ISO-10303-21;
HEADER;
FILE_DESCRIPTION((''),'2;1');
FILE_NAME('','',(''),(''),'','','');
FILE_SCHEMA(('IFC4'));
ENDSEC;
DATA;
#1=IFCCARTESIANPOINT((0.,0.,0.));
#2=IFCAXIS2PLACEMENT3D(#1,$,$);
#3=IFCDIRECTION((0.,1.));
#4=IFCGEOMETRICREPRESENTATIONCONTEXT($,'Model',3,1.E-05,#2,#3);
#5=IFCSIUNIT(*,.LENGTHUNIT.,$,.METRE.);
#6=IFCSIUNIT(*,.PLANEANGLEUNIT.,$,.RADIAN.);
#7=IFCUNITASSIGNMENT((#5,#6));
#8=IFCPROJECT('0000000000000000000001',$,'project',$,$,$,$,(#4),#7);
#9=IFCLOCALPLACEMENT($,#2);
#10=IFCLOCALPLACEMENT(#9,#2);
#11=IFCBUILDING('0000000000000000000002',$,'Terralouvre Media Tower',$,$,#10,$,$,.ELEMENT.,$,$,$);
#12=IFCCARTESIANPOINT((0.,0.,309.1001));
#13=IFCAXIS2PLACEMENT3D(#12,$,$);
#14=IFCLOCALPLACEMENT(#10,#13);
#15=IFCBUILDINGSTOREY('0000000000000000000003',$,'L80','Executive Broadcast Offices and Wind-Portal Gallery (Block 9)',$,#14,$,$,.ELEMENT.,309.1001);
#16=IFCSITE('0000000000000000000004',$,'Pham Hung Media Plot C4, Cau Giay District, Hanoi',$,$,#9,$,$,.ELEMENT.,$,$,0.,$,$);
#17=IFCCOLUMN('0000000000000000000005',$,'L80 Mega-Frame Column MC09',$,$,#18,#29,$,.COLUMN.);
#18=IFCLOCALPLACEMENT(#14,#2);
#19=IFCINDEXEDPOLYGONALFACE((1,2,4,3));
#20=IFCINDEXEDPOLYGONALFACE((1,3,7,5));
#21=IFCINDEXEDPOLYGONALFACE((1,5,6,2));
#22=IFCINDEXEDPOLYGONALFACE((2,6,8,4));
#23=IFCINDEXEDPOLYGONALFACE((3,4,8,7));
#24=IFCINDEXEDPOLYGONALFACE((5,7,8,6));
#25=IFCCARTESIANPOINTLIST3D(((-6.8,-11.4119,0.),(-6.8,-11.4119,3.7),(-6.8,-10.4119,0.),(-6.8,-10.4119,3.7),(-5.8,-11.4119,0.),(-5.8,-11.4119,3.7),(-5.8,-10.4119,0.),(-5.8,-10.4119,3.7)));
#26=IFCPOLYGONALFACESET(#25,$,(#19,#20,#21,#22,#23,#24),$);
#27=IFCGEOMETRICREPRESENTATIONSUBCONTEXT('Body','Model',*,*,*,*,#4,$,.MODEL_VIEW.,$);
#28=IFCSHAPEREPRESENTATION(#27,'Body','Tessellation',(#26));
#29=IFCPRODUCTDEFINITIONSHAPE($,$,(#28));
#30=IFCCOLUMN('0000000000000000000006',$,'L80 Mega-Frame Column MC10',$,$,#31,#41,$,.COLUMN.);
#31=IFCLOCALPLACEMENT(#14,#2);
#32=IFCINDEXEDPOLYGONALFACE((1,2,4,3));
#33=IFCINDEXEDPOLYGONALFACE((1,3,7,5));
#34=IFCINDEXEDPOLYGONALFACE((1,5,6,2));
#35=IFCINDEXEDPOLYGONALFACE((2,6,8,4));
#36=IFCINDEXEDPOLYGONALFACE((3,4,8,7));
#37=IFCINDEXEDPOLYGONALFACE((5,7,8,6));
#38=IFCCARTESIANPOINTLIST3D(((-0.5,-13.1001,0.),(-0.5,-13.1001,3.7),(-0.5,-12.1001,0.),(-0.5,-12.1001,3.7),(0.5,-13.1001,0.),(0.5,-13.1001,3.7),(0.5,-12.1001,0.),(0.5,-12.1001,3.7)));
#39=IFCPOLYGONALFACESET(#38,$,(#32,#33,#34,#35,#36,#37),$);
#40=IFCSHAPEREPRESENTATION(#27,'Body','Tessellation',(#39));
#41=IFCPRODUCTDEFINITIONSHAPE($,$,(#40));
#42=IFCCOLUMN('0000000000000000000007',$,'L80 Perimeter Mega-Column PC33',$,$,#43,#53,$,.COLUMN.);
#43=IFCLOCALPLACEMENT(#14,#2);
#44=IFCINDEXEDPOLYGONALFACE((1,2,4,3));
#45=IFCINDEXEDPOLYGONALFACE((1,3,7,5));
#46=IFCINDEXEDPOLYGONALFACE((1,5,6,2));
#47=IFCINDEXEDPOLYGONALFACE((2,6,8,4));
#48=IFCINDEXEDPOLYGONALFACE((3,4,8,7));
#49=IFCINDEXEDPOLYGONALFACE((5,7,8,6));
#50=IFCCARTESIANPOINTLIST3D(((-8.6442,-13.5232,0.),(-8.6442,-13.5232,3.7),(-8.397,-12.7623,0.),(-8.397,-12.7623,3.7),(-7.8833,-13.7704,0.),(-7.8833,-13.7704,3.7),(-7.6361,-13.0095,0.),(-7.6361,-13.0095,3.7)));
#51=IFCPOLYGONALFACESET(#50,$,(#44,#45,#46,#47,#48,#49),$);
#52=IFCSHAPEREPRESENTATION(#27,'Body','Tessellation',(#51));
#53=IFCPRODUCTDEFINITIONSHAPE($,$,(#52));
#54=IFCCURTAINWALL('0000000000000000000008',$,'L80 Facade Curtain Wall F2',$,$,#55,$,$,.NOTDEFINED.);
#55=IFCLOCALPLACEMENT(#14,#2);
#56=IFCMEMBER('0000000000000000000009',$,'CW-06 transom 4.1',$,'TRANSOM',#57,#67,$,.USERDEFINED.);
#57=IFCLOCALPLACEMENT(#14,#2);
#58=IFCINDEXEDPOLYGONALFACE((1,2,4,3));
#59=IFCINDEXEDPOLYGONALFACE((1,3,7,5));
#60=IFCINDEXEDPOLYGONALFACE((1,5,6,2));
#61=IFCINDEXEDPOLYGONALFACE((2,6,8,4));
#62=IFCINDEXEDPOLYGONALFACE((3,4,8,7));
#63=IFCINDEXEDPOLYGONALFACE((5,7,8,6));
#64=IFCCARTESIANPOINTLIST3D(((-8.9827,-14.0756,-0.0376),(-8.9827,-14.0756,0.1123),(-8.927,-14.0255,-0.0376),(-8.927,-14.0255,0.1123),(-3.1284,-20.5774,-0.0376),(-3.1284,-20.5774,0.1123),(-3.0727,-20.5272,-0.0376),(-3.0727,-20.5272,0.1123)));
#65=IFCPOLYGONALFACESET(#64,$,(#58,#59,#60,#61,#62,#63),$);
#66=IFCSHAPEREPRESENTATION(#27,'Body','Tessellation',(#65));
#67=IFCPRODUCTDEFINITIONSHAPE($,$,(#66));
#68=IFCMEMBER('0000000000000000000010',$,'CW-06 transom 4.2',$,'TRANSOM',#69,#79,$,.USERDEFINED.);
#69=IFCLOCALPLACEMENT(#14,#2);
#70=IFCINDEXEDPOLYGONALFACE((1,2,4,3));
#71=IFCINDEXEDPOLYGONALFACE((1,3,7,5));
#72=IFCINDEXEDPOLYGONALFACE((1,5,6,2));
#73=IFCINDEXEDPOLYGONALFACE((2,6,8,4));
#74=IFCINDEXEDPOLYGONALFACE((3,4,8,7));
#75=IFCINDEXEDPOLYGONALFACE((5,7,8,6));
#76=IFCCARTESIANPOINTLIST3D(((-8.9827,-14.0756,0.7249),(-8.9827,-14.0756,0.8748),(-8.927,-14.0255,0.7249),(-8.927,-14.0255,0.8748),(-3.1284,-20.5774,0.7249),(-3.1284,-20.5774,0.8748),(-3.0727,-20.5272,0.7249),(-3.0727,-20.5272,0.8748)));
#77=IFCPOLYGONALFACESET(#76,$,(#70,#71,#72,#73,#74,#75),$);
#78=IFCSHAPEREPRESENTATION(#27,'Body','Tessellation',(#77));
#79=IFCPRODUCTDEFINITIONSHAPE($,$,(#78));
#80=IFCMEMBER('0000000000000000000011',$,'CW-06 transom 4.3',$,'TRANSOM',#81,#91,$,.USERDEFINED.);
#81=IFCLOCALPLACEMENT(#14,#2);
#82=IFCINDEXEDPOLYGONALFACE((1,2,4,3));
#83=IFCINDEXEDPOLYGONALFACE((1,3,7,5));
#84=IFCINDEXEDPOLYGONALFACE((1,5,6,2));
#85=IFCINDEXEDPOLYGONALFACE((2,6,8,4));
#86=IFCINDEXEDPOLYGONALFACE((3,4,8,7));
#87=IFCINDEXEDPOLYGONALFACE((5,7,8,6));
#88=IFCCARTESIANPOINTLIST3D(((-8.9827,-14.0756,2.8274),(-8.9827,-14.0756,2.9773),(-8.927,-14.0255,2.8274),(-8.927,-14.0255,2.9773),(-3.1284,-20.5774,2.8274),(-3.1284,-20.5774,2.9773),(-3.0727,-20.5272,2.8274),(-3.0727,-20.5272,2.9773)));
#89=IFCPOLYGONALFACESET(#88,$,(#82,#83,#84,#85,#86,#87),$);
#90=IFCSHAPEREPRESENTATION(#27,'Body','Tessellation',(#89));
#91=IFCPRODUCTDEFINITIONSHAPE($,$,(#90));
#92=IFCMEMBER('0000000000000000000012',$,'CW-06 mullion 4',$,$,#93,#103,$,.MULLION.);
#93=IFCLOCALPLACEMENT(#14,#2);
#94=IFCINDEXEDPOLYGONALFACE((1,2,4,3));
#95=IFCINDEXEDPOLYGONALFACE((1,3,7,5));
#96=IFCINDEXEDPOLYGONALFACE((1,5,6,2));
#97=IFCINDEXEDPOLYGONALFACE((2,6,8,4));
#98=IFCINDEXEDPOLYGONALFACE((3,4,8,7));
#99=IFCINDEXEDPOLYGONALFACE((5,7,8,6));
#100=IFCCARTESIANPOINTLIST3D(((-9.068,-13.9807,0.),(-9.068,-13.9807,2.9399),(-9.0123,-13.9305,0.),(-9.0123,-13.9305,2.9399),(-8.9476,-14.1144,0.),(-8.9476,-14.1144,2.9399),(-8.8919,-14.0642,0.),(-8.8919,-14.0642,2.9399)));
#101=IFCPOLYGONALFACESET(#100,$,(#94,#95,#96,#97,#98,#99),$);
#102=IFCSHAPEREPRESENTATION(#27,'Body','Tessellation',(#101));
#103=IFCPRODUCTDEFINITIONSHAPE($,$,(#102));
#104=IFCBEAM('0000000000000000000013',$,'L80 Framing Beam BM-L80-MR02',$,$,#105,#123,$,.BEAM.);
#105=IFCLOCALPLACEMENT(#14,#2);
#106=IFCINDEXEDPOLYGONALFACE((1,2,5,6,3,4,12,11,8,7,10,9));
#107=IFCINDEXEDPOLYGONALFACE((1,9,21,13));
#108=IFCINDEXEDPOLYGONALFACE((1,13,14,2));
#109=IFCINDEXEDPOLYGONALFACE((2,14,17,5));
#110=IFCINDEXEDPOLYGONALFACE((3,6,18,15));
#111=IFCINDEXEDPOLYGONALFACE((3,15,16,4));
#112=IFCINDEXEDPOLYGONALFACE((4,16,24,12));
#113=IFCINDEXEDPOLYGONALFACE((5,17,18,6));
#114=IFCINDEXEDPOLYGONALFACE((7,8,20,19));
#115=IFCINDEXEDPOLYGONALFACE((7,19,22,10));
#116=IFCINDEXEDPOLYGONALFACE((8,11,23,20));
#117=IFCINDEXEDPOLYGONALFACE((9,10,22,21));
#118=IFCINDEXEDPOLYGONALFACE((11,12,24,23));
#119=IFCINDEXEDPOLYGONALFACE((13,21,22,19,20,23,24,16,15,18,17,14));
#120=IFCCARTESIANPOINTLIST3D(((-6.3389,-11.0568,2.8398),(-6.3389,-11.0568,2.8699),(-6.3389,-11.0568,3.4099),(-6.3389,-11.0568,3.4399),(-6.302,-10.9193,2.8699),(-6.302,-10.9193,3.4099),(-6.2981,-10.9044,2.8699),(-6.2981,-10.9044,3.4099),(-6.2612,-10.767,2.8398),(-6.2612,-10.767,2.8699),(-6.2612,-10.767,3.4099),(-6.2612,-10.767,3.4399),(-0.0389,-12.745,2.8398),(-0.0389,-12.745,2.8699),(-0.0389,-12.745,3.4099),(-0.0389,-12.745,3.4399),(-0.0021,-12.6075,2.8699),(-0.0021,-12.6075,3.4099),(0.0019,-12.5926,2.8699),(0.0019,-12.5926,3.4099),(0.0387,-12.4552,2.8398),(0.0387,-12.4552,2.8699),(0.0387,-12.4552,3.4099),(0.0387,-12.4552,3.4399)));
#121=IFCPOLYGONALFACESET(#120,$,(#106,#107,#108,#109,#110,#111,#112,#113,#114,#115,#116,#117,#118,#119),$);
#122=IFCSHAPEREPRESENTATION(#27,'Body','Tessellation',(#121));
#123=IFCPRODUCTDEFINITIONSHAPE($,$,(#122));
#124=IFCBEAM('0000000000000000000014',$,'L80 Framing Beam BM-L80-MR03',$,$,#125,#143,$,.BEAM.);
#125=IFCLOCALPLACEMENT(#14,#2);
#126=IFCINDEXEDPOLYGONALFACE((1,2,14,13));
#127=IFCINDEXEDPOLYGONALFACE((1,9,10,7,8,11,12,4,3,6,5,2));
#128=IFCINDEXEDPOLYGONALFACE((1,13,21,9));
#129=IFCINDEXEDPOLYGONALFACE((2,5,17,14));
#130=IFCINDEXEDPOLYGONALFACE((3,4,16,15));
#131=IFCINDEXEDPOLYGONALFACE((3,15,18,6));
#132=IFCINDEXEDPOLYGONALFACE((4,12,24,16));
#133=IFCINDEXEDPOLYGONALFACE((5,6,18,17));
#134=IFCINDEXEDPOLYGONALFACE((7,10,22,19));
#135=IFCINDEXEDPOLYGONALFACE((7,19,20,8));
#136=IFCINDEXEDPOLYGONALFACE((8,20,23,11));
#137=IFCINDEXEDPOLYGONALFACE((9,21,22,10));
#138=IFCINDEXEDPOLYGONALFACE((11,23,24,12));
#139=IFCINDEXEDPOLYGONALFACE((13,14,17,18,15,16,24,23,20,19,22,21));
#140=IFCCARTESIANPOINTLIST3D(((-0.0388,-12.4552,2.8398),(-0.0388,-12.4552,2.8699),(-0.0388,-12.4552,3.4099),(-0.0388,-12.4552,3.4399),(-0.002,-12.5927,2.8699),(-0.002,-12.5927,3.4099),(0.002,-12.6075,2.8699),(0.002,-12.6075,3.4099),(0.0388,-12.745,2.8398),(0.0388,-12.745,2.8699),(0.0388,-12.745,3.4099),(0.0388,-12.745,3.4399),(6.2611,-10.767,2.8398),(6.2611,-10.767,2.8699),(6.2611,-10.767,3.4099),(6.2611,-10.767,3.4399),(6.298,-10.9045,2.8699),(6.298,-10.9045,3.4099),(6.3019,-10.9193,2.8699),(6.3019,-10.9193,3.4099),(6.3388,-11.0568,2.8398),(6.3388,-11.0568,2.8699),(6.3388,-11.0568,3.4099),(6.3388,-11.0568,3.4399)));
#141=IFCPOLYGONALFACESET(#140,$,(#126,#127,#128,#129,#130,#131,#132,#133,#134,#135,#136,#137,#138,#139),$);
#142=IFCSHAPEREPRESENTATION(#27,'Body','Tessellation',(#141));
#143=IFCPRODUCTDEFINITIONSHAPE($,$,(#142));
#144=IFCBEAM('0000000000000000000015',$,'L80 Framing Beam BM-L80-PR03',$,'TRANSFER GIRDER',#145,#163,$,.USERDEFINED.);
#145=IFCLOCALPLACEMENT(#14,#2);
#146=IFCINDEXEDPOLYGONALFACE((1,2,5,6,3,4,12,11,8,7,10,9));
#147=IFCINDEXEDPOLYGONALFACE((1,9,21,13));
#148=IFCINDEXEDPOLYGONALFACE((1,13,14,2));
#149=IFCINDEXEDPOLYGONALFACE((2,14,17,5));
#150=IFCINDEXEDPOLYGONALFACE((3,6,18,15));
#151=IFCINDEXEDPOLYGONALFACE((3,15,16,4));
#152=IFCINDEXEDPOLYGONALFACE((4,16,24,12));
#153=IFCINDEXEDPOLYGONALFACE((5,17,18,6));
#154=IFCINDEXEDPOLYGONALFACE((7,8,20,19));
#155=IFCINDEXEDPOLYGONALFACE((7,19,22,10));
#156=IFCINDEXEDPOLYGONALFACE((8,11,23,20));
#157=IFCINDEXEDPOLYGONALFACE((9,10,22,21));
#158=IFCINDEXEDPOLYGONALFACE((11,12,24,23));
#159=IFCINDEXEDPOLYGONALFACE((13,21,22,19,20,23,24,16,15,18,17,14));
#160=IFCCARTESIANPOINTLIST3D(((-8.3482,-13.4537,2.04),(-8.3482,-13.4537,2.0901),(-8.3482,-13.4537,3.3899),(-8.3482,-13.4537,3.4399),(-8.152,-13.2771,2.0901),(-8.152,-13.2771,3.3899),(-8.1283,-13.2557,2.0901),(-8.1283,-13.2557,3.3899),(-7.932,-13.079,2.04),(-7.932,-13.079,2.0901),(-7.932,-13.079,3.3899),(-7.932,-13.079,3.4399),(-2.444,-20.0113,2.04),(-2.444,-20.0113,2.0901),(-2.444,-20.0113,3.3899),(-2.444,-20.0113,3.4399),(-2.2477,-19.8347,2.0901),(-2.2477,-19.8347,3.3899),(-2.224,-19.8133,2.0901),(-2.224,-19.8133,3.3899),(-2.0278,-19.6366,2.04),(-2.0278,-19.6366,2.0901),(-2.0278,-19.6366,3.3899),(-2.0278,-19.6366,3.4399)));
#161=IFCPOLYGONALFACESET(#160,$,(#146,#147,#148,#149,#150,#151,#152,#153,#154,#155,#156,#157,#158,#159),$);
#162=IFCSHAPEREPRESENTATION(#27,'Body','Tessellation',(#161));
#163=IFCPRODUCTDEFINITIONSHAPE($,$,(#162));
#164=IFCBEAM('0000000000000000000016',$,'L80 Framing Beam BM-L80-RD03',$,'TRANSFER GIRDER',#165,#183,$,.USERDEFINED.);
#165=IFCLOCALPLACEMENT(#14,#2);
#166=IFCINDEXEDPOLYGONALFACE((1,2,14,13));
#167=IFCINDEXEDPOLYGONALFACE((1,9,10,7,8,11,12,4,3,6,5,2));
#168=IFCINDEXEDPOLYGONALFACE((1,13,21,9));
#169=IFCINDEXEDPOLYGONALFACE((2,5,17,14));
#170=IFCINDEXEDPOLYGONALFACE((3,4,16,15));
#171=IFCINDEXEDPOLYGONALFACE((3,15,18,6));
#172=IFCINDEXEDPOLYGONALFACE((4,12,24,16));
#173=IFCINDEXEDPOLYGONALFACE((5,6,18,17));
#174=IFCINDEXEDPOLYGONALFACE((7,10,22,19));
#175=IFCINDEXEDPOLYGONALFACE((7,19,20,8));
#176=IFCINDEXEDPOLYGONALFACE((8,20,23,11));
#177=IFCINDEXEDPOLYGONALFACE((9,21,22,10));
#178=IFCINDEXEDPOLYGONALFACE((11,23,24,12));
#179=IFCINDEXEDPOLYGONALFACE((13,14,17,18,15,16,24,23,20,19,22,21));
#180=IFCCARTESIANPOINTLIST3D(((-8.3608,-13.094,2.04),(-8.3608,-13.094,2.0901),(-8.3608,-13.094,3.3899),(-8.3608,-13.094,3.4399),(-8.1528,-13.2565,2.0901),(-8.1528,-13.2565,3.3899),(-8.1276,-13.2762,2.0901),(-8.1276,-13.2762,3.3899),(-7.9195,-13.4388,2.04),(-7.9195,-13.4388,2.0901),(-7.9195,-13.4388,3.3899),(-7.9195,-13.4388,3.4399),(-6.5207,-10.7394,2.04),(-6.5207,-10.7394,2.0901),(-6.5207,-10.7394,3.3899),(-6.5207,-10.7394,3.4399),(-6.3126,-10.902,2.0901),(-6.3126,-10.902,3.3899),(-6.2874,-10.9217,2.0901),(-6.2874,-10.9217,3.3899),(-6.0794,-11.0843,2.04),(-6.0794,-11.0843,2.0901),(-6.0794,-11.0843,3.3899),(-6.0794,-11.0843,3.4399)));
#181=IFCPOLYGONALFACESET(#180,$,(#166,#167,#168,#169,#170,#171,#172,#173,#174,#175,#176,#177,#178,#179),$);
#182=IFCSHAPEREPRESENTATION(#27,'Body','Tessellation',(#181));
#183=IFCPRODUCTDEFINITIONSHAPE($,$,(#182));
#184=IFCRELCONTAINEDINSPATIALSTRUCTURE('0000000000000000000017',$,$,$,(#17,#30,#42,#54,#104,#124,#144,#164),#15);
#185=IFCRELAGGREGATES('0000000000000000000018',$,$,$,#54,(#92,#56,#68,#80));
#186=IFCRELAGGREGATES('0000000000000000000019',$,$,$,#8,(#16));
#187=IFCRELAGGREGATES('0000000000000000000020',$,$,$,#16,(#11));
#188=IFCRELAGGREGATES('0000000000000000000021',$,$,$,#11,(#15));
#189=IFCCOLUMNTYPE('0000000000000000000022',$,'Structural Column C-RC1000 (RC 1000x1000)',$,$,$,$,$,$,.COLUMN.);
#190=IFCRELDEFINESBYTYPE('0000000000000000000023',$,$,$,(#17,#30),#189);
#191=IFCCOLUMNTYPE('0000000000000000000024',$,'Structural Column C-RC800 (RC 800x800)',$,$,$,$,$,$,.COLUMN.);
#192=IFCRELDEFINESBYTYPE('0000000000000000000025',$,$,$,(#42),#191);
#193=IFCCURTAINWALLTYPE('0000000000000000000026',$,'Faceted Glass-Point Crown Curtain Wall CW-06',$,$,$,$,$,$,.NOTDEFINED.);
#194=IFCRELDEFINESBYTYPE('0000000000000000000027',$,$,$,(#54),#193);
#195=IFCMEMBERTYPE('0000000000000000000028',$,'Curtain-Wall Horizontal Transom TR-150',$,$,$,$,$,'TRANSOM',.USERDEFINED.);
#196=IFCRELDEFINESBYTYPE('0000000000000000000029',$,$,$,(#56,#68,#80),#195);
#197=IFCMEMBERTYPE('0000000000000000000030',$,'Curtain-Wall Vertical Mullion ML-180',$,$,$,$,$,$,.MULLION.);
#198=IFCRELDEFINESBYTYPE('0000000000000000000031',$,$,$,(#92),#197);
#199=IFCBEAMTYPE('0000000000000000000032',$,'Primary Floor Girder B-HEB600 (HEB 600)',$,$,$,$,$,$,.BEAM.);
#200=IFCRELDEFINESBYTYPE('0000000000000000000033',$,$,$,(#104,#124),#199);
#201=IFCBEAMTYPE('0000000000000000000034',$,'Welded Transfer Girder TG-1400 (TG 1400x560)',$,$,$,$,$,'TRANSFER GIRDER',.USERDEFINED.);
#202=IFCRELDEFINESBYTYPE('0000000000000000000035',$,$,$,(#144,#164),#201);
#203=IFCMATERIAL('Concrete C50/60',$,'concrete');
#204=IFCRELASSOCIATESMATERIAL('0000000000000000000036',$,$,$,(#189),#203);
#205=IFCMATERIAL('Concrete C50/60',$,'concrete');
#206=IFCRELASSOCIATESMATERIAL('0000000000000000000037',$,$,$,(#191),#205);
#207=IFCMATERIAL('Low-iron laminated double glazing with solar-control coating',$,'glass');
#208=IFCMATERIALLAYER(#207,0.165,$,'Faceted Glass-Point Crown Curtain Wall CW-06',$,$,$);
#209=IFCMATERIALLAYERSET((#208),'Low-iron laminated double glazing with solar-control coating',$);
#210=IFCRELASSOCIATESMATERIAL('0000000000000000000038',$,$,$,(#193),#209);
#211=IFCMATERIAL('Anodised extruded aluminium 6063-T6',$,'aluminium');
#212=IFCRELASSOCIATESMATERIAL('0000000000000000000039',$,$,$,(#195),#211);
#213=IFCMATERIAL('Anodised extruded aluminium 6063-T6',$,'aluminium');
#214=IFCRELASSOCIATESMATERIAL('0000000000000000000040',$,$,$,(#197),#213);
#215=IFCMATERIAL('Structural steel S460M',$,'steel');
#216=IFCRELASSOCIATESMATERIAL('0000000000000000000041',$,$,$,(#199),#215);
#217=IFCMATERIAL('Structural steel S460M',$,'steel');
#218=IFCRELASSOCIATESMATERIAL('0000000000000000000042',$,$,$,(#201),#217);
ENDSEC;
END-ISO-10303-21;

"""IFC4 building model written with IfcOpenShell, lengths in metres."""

from ifc_helpers import new_model, si_unit, direction, frame, origin, origin_2d, place, context, subcontext, project, spatial, rectangle, i_section, extrude, material, layer, layer_set, material_profile, profile_set, type_object, element, aggregate, save


model = new_model("IFC4")

# Units and contexts
model_context = context("Model", 3, precision=1e-05, world=origin(), true_north=direction((0.0, 1.0)))
body_context = subcontext(model_context, "Body", "Model", "MODEL_VIEW")
ifc_project = project(units=[si_unit("LENGTHUNIT", "METRE"), si_unit("PLANEANGLEUNIT", "RADIAN")], contexts=[model_context])

# Site, building, storey
site_placement = place(None, origin())
site = spatial("IfcSite", under=ifc_project, at=site_placement, Name="Pham Hung Media Plot C4, Cau Giay District, Hanoi", CompositionType="ELEMENT", RefElevation=0.0)
building_placement = place(site_placement, origin())
building = spatial("IfcBuilding", under=site, at=building_placement, Name="Terralouvre Media Tower", CompositionType="ELEMENT")
storey_placement = place(building_placement, frame((0.0, 0.0, 309.1001)))
storey = spatial("IfcBuildingStorey", under=building, at=storey_placement, Name="L80", Description="Executive Broadcast Offices and Wind-Portal Gallery (Block 9)", CompositionType="ELEMENT", Elevation=309.1001)

# Columns
ifc_material_1 = material(Name="Concrete C50/60", Category="concrete")
ifc_material_profile_1 = material_profile(ifc_material_1, rectangle(XDim=1.0, YDim=1.0, at=origin_2d()), Name="RC 1000x1000")
ifc_profile_set_1 = profile_set([ifc_material_profile_1], Name="Concrete C50/60")
column_type_1 = type_object("IfcColumnType", Name="Structural Column C-RC1000 (RC 1000x1000)", PredefinedType="COLUMN", material=ifc_profile_set_1)
for number, where, z_axis, x_axis, name in (
    (1, (-6.3, -10.9119, 0.0), (0.0, 0.0, 1.0), (1.0, 0.0, 0.0), "L80 Mega-Frame Column MC09"),
    (2, (0.0, -12.6001, 0.0), (0.0, 0.0, 1.0), (1.0, 0.0, 0.0), "L80 Mega-Frame Column MC10"),
):
    element("IfcColumn", number, at=place(storey_placement, frame(where, z_axis=z_axis, x_axis=x_axis)), inside=storey, type_object=column_type_1, Name=name, PredefinedType="COLUMN", context=body_context, shape_type="SweptSolid", body=[
        extrude(rectangle(XDim=1.0, YDim=1.0, at=origin_2d()), origin(), (0.0, 0.0, 1.0), 3.7),
    ])
ifc_material_2 = material(Name="Concrete C50/60", Category="concrete")
ifc_material_profile_2 = material_profile(ifc_material_2, rectangle(XDim=0.8, YDim=0.8, at=origin_2d()), Name="RC 800x800")
ifc_profile_set_2 = profile_set([ifc_material_profile_2], Name="Concrete C50/60")
column_type_2 = type_object("IfcColumnType", Name="Structural Column C-RC800 (RC 800x800)", PredefinedType="COLUMN", material=ifc_profile_set_2)
column_placement = place(storey_placement, frame((-8.1401, -13.2664, 0.0), z_axis=(0.0, 0.0, 1.0), x_axis=(0.309017, 0.951057, 0.0)))
element("IfcColumn", 3, at=column_placement, inside=storey, type_object=column_type_2, Name="L80 Perimeter Mega-Column PC33", PredefinedType="COLUMN", context=body_context, shape_type="SweptSolid", body=[
    extrude(rectangle(XDim=0.8, YDim=0.8, at=origin_2d()), origin(), (0.0, 0.0, 1.0), 3.7),
])

# Curtain wall, members
ifc_material_3 = material(Name="Low-iron laminated double glazing with solar-control coating", Category="glass")
ifc_layer_1 = layer(ifc_material_3, 0.165, Name="Faceted Glass-Point Crown Curtain Wall CW-06")
ifc_layer_set_1 = layer_set([ifc_layer_1], Name="Low-iron laminated double glazing with solar-control coating")
curtain_wall_type = type_object("IfcCurtainWallType", Name="Faceted Glass-Point Crown Curtain Wall CW-06", PredefinedType="NOTDEFINED", material=ifc_layer_set_1)
curtain_wall_placement = place(storey_placement, origin())
curtain_wall = element("IfcCurtainWall", 4, at=curtain_wall_placement, inside=storey, type_object=curtain_wall_type, Name="L80 Facade Curtain Wall F2", PredefinedType="NOTDEFINED")
ifc_material_4 = material(Name="Anodised extruded aluminium 6063-T6", Category="aluminium")
ifc_material_profile_3 = material_profile(ifc_material_4, rectangle(XDim=0.075, YDim=0.1499, at=origin_2d()), Name="ALU 75x150")
ifc_profile_set_3 = profile_set([ifc_material_profile_3], Name="Anodised extruded aluminium 6063-T6")
member_type_1 = type_object("IfcMemberType", Name="Curtain-Wall Horizontal Transom TR-150", ElementType="TRANSOM", PredefinedType="USERDEFINED", material=ifc_profile_set_3)
member_1_placement = place(storey_placement, frame((-8.9548, -14.0505, 0.0374), z_axis=(0.669136, -0.74314, 0.0), x_axis=(0.74314, 0.669136, 0.0)))
member_1 = element("IfcMember", 5, at=member_1_placement, type_object=member_type_1, Name="CW-06 transom 4.1", ObjectType="TRANSOM", PredefinedType="USERDEFINED", context=body_context, shape_type="SweptSolid", body=[
    extrude(rectangle(XDim=0.075, YDim=0.1499, at=origin_2d()), origin(), (0.0, 0.0, 1.0), 8.749),
])
member_2_placement = place(storey_placement, frame((-8.9548, -14.0505, 0.7998), z_axis=(0.669136, -0.74314, 0.0), x_axis=(0.74314, 0.669136, 0.0)))
member_2 = element("IfcMember", 6, at=member_2_placement, type_object=member_type_1, Name="CW-06 transom 4.2", ObjectType="TRANSOM", PredefinedType="USERDEFINED", context=body_context, shape_type="SweptSolid", body=[
    extrude(rectangle(XDim=0.075, YDim=0.1499, at=origin_2d()), origin(), (0.0, 0.0, 1.0), 8.749),
])
member_3_placement = place(storey_placement, frame((-8.9548, -14.0505, 2.9023), z_axis=(0.669136, -0.74314, 0.0), x_axis=(0.74314, 0.669136, 0.0)))
member_3 = element("IfcMember", 7, at=member_3_placement, type_object=member_type_1, Name="CW-06 transom 4.3", ObjectType="TRANSOM", PredefinedType="USERDEFINED", context=body_context, shape_type="SweptSolid", body=[
    extrude(rectangle(XDim=0.075, YDim=0.1499, at=origin_2d()), origin(), (0.0, 0.0, 1.0), 8.749),
])
ifc_material_5 = material(Name="Anodised extruded aluminium 6063-T6", Category="aluminium")
ifc_material_profile_4 = material_profile(ifc_material_5, rectangle(XDim=0.075, YDim=0.1799, at=origin_2d()), Name="ALU 75x180")
ifc_profile_set_4 = profile_set([ifc_material_profile_4], Name="Anodised extruded aluminium 6063-T6")
member_type_2 = type_object("IfcMemberType", Name="Curtain-Wall Vertical Mullion ML-180", PredefinedType="MULLION", material=ifc_profile_set_4)
member_4_placement = place(storey_placement, frame((-8.98, -14.0225, 0.0), z_axis=(0.0, 0.0, 1.0), x_axis=(0.743145, 0.669131, 0.0)))
member_4 = element("IfcMember", 8, at=member_4_placement, type_object=member_type_2, Name="CW-06 mullion 4", PredefinedType="MULLION", context=body_context, shape_type="SweptSolid", body=[
    extrude(rectangle(XDim=0.075, YDim=0.1799, at=origin_2d()), origin(), (0.0, 0.0, 1.0), 2.9399),
])

# Beams
ifc_material_6 = material(Name="Structural steel S460M", Category="steel")
ifc_material_profile_5 = material_profile(ifc_material_6, i_section(OverallWidth=0.3, OverallDepth=0.6001, WebThickness=0.0154, FlangeThickness=0.03, at=origin_2d()), Name="HEB 600")
ifc_profile_set_5 = profile_set([ifc_material_profile_5], Name="Structural steel S460M")
beam_type_1 = type_object("IfcBeamType", Name="Primary Floor Girder B-HEB600 (HEB 600)", PredefinedType="BEAM", material=ifc_profile_set_5)
for number, where, z_axis, x_axis, name in (
    (9, (-6.3, -10.9119, 3.1399), (0.96592, -0.258839, 0.0), (0.258839, 0.96592, 0.0), "L80 Framing Beam BM-L80-MR02"),
    (10, (0.0, -12.6001, 3.1399), (0.96592, 0.258839, 0.0), (-0.258839, 0.96592, 0.0), "L80 Framing Beam BM-L80-MR03"),
):
    element("IfcBeam", number, at=place(storey_placement, frame(where, z_axis=z_axis, x_axis=x_axis)), inside=storey, type_object=beam_type_1, Name=name, PredefinedType="BEAM", context=body_context, shape_type="SweptSolid", body=[
        extrude(i_section(OverallWidth=0.3, OverallDepth=0.6001, WebThickness=0.0154, FlangeThickness=0.03, at=origin_2d()), origin(), (0.0, 0.0, 1.0), 6.5222),
    ])
ifc_material_7 = material(Name="Structural steel S460M", Category="steel")
ifc_material_profile_6 = material_profile(ifc_material_7, i_section(OverallWidth=0.5601, OverallDepth=1.3999, WebThickness=0.032, FlangeThickness=0.05, at=origin_2d()), Name="TG 1400x560")
ifc_profile_set_6 = profile_set([ifc_material_profile_6], Name="Structural steel S460M")
beam_type_2 = type_object("IfcBeamType", Name="Welded Transfer Girder TG-1400 (TG 1400x560)", ElementType="TRANSFER GIRDER", PredefinedType="USERDEFINED", material=ifc_profile_set_6)
beam_1_placement = place(storey_placement, frame((-8.1401, -13.2664, 2.74), z_axis=(0.669118, -0.743157, 0.0), x_axis=(0.743157, 0.669118, 0.0)))
element("IfcBeam", 11, at=beam_1_placement, inside=storey, type_object=beam_type_2, Name="L80 Framing Beam BM-L80-PR03", ObjectType="TRANSFER GIRDER", PredefinedType="USERDEFINED", context=body_context, shape_type="SweptSolid", body=[
    extrude(i_section(OverallWidth=0.5601, OverallDepth=1.3999, WebThickness=0.032, FlangeThickness=0.05, at=origin_2d()), origin(), (0.0, 0.0, 1.0), 8.824),
])
beam_2_placement = place(storey_placement, frame((-6.3, -10.9119, 2.74), z_axis=(-0.615777, -0.78792, 0.0), x_axis=(0.78792, -0.615777, 0.0)))
element("IfcBeam", 12, at=beam_2_placement, inside=storey, type_object=beam_type_2, Name="L80 Framing Beam BM-L80-RD03", ObjectType="TRANSFER GIRDER", PredefinedType="USERDEFINED", context=body_context, shape_type="SweptSolid", body=[
    extrude(i_section(OverallWidth=0.5601, OverallDepth=1.3999, WebThickness=0.032, FlangeThickness=0.05, at=origin_2d()), origin(), (0.0, 0.0, 1.0), 2.9883),
])

aggregate(curtain_wall, [member_4, member_1, member_2, member_3])

save(model, "model.ifc")
